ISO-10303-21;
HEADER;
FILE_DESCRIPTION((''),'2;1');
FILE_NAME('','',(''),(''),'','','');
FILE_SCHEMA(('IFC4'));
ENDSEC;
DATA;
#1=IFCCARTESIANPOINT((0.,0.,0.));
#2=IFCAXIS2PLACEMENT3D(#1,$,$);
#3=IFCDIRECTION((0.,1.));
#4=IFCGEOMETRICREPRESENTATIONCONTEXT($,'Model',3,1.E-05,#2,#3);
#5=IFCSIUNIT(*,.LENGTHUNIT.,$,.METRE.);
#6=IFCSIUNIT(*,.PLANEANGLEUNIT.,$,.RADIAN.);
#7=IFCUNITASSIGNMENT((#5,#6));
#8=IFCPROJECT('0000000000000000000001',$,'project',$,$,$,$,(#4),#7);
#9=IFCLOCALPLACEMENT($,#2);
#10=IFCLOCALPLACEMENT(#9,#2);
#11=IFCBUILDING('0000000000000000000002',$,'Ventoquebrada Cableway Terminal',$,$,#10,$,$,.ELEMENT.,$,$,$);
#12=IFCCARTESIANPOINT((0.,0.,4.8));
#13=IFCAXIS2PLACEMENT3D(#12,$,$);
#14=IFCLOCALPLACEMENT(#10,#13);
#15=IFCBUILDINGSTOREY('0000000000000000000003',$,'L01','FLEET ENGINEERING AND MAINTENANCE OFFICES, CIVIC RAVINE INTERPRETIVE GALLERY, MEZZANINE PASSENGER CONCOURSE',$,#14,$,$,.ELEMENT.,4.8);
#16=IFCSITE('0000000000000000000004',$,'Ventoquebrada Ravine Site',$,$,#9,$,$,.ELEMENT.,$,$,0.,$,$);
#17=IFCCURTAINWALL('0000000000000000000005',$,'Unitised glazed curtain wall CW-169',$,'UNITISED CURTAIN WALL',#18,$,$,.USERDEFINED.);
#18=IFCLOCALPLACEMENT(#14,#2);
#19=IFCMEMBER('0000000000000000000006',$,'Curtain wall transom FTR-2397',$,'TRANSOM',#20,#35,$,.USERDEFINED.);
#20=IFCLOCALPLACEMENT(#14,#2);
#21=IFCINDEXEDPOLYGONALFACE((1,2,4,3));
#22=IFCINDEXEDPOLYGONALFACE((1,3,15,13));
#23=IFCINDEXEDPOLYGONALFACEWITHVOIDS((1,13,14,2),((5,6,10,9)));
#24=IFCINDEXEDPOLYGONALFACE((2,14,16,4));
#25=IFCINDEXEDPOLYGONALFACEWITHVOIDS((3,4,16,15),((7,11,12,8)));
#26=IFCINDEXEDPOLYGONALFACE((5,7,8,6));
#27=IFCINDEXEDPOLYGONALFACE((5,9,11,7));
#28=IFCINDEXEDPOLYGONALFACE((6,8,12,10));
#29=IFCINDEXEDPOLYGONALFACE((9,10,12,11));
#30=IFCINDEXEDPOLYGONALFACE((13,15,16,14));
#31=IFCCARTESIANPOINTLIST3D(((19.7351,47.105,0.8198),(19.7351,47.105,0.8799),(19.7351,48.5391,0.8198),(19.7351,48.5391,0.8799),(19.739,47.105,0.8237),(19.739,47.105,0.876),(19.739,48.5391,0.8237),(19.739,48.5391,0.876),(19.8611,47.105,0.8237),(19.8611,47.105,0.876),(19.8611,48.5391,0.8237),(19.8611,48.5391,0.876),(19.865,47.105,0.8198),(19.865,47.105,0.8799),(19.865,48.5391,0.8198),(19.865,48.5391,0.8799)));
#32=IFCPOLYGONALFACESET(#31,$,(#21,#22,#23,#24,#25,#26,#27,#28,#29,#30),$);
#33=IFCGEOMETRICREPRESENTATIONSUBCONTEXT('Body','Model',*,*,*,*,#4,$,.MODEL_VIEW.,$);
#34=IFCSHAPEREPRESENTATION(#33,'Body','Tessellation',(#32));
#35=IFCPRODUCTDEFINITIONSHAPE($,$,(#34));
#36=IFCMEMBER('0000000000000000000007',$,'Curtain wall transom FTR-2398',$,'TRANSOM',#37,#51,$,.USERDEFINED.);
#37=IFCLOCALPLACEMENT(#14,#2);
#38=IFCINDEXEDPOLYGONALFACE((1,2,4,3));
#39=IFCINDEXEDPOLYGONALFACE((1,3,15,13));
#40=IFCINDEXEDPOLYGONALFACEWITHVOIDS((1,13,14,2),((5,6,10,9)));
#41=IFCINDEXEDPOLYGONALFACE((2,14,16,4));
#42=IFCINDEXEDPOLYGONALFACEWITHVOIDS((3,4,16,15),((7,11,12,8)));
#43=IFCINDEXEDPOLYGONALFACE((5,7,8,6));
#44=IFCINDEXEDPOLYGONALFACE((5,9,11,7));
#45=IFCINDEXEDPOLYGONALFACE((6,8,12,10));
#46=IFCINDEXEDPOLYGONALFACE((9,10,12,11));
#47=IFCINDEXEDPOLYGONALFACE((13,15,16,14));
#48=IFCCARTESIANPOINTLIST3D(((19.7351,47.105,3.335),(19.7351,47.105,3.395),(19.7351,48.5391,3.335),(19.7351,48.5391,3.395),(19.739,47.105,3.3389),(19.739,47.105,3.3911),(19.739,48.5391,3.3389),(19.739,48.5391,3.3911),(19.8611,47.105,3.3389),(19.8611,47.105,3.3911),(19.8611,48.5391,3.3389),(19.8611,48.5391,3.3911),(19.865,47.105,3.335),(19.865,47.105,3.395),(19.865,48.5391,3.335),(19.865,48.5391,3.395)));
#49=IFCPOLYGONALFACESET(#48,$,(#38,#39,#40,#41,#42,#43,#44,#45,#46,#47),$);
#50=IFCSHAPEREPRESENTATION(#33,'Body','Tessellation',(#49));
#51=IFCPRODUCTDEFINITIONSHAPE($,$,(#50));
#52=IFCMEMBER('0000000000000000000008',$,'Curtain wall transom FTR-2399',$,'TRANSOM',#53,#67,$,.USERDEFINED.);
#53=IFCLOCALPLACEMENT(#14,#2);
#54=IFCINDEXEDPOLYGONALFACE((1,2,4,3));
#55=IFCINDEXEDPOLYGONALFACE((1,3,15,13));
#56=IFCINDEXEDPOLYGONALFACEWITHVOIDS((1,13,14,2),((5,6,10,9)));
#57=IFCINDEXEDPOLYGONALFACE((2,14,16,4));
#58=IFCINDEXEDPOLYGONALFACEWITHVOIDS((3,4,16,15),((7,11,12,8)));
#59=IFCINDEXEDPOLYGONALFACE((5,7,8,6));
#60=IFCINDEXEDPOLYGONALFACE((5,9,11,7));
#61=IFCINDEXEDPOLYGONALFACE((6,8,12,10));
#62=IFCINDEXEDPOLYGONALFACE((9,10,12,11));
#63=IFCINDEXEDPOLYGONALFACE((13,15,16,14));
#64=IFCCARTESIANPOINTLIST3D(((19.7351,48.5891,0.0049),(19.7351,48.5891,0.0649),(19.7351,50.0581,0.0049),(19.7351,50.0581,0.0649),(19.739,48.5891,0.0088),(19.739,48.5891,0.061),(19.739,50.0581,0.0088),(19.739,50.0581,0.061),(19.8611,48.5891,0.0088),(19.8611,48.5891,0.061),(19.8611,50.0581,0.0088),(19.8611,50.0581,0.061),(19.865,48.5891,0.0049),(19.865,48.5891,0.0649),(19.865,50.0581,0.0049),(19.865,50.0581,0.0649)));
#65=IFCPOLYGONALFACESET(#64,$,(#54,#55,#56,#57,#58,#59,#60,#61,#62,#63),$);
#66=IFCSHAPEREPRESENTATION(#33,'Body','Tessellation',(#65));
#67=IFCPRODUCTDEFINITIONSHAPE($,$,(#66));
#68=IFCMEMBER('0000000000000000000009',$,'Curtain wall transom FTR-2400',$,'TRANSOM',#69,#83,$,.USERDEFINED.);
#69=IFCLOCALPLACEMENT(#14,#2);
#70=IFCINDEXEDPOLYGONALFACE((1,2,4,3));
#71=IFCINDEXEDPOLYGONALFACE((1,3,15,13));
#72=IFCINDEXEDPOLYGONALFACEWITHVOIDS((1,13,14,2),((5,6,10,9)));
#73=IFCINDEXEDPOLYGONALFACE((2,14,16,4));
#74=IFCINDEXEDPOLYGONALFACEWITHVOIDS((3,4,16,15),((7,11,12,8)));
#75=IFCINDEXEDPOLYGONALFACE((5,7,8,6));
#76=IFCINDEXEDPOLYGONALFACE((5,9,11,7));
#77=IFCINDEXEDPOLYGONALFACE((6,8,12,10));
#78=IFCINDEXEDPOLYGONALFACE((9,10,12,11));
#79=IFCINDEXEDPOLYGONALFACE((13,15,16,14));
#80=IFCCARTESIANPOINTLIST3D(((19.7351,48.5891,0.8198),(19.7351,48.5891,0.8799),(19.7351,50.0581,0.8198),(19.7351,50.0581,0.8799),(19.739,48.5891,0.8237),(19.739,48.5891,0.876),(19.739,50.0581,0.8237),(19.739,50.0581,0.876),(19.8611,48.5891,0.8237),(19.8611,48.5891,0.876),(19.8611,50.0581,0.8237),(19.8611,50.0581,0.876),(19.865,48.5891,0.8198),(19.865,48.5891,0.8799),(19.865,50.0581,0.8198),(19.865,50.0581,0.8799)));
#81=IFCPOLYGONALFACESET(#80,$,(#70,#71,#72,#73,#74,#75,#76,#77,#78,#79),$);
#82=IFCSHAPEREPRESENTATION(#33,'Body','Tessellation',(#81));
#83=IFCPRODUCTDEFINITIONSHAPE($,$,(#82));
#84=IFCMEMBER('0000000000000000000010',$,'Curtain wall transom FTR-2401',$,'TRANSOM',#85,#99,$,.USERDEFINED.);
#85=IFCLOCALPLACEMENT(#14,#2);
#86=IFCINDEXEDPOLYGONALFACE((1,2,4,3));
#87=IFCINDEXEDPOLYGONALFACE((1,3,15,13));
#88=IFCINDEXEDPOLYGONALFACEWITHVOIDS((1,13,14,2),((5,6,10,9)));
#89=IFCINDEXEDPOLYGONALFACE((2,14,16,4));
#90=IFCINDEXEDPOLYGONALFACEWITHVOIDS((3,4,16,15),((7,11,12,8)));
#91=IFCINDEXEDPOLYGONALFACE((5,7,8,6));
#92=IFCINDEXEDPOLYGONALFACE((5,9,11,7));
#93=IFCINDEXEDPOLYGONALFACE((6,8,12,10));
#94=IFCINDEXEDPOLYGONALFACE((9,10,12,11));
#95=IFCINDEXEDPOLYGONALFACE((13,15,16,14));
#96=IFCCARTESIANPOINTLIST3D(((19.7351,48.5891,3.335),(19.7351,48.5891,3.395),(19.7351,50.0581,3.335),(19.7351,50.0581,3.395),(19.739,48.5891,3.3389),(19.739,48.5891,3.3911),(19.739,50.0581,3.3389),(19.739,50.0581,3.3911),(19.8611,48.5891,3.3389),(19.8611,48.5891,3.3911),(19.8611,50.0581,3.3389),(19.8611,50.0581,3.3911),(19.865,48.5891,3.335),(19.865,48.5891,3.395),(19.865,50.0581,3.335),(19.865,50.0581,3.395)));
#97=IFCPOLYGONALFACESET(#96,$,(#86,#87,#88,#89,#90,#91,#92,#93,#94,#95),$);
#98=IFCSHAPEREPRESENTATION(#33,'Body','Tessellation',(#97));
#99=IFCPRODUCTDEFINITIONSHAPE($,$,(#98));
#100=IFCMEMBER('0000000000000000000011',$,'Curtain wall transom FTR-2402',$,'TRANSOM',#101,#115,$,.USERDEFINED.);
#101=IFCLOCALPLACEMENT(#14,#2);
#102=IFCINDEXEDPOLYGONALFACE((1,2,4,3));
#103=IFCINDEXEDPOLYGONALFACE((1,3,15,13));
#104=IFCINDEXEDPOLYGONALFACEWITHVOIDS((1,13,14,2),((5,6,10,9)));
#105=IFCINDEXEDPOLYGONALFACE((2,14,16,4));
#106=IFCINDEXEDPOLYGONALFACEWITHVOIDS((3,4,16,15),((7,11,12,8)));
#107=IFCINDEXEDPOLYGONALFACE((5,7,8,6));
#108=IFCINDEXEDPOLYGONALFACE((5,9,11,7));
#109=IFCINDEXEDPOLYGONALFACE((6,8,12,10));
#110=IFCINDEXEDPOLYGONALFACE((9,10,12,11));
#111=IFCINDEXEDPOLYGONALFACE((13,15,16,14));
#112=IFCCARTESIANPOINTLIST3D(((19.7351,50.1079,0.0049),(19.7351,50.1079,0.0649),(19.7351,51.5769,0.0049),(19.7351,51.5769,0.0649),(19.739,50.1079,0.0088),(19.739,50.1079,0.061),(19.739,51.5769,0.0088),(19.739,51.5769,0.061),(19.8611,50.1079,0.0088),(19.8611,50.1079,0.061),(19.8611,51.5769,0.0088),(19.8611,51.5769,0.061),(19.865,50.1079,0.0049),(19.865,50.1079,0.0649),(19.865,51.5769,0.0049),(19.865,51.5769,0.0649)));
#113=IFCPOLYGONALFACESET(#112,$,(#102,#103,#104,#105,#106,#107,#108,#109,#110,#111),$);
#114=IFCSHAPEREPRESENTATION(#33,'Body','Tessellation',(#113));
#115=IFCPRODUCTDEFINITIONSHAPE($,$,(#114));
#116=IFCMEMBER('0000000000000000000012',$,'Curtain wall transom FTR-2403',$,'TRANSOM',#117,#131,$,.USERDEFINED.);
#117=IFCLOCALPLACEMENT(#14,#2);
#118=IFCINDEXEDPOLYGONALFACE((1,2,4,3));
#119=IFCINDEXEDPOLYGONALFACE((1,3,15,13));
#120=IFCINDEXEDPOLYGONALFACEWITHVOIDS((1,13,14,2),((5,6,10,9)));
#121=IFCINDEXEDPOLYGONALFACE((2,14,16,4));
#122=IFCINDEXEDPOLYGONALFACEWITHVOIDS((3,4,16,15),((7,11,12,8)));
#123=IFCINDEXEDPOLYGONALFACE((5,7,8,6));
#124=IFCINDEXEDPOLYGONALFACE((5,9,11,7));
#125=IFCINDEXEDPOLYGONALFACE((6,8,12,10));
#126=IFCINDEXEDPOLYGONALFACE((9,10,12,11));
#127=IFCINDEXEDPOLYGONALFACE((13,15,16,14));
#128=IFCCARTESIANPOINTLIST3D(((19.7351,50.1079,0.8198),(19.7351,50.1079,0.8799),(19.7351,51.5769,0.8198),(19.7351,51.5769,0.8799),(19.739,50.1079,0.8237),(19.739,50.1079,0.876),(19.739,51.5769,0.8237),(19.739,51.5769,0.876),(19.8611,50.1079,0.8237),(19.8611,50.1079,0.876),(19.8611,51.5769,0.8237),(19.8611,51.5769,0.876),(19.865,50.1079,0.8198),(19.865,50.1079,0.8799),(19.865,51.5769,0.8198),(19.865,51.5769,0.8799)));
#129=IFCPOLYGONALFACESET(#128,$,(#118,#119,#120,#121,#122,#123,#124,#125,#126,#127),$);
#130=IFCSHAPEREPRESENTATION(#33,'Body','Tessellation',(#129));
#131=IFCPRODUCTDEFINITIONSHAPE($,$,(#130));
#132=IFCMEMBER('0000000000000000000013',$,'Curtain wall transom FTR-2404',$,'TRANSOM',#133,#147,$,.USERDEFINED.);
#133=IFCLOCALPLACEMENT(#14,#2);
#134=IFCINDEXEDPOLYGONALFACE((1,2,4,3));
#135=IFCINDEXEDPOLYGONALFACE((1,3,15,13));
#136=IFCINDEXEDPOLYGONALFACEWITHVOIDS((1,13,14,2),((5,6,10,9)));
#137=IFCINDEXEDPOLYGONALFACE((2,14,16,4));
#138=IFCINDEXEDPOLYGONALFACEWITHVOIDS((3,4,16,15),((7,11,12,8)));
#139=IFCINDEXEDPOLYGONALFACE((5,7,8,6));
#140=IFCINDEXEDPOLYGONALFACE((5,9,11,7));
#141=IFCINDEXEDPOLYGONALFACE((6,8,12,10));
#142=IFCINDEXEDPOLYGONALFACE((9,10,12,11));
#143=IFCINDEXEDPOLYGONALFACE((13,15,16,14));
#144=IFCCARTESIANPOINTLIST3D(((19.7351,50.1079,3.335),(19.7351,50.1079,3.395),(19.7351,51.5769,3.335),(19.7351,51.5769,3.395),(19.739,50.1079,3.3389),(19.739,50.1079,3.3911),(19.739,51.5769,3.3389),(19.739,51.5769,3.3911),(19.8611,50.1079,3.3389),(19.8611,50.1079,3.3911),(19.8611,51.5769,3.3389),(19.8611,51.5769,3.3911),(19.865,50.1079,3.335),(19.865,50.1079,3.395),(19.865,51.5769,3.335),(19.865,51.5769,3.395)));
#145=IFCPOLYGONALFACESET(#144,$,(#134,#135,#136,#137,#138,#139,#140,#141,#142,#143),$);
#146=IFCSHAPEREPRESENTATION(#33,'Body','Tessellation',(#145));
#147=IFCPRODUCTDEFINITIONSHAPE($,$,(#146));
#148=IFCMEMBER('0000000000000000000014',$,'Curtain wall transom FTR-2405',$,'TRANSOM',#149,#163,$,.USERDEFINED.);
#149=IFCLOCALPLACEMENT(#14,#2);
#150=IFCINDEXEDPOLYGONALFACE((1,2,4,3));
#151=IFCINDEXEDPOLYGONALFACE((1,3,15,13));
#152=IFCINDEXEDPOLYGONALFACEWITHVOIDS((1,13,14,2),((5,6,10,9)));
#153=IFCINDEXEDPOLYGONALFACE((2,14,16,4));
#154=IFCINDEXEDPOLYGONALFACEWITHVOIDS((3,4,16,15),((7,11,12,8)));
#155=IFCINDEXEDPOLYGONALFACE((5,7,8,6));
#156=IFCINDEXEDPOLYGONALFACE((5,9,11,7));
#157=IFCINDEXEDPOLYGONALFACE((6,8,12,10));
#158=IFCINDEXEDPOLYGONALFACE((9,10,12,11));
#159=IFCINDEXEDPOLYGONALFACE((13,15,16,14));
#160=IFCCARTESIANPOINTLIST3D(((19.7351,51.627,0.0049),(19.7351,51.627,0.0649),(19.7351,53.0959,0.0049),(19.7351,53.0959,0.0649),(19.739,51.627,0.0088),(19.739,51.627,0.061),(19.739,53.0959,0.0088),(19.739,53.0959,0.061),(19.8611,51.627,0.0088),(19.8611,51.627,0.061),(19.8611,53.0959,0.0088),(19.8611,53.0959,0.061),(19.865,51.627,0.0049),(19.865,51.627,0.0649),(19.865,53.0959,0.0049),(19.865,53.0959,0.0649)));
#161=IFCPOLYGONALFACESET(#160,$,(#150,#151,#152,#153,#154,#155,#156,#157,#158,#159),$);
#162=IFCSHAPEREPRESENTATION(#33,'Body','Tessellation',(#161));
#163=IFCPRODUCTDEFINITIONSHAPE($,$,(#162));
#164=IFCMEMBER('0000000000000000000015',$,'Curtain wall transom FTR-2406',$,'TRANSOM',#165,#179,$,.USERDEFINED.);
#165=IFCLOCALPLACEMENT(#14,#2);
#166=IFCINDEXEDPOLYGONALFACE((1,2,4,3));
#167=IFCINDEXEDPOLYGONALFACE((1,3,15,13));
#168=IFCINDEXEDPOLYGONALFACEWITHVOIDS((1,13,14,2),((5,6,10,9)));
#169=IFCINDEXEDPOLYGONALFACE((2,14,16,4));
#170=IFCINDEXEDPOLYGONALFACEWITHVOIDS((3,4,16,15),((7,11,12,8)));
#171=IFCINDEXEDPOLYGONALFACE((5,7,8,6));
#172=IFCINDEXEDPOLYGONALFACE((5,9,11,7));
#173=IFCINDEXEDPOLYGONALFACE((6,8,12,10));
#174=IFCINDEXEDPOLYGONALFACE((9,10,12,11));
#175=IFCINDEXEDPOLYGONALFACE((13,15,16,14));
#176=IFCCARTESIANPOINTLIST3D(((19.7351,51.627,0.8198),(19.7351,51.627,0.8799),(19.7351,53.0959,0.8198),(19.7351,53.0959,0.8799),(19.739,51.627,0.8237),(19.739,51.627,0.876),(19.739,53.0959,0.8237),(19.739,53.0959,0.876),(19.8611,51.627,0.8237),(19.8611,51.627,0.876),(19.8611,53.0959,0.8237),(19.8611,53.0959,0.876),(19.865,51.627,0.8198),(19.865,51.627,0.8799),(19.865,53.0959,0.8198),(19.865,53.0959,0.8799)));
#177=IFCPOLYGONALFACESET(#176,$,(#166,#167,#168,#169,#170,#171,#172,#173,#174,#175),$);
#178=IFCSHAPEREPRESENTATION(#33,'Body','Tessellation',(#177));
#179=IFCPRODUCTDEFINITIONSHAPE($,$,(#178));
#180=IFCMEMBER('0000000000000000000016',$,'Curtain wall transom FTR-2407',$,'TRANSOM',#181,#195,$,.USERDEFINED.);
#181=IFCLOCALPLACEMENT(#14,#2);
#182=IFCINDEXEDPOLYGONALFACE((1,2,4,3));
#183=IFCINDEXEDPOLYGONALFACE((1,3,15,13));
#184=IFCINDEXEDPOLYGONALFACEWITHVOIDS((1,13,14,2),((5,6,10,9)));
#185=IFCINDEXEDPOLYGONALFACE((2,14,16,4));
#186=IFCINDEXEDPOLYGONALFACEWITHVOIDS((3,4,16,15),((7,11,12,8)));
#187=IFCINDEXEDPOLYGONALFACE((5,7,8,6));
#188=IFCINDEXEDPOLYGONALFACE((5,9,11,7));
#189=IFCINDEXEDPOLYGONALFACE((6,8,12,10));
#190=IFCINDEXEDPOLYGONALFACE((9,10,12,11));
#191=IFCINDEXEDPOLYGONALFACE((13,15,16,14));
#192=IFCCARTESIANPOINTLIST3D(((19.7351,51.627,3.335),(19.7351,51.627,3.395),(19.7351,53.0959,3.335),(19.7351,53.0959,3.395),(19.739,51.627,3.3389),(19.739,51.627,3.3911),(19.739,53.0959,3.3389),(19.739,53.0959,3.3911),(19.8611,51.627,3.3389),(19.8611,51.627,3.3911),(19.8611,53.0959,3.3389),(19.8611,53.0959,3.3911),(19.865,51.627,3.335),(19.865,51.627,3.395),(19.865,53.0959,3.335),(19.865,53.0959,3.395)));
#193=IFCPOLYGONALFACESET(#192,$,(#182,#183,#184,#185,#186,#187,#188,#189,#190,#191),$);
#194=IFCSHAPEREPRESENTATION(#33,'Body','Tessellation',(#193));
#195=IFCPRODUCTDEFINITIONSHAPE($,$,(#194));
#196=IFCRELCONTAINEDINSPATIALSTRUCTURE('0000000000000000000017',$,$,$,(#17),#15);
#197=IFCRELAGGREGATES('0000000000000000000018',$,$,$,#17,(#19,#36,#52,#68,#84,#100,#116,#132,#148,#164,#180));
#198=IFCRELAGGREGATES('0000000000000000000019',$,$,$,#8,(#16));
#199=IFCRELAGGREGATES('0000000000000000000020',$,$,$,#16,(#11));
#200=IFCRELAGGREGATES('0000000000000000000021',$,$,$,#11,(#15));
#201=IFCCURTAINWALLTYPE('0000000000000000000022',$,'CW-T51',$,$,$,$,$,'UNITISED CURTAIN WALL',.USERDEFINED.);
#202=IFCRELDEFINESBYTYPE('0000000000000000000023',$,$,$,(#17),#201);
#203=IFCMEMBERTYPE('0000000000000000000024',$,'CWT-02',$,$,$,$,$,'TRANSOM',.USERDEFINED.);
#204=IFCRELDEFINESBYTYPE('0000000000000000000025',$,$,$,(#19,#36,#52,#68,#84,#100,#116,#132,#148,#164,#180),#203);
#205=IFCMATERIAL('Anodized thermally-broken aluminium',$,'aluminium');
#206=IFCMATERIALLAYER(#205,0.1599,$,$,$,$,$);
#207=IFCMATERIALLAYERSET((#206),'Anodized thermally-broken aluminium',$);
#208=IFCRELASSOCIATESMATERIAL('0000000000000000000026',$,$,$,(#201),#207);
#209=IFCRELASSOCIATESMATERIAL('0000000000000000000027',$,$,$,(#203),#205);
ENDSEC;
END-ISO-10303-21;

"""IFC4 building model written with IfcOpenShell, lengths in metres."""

from ifc_helpers import new_model, si_unit, direction, frame, origin, origin_2d, place, context, subcontext, project, spatial, hollow_rectangle, extrude, material, layer, layer_set, material_profile, profile_set, type_object, element, aggregate, save


model = new_model("IFC4")

# Units and contexts
model_context = context("Model", 3, precision=1e-05, world=origin(), true_north=direction((0.0, 1.0)))
body_context = subcontext(model_context, "Body", "Model", "MODEL_VIEW")
ifc_project = project(units=[si_unit("LENGTHUNIT", "METRE"), si_unit("PLANEANGLEUNIT", "RADIAN")], contexts=[model_context])

# Site, building, storey
site_placement = place(None, origin())
site = spatial("IfcSite", under=ifc_project, at=site_placement, Name="Ventoquebrada Ravine Site", CompositionType="ELEMENT", RefElevation=0.0)
building_placement = place(site_placement, origin())
building = spatial("IfcBuilding", under=site, at=building_placement, Name="Ventoquebrada Cableway Terminal", CompositionType="ELEMENT")
storey_placement = place(building_placement, frame((0.0, 0.0, 4.8)))
storey = spatial("IfcBuildingStorey", under=building, at=storey_placement, Name="L01", Description="FLEET ENGINEERING AND MAINTENANCE OFFICES, CIVIC RAVINE INTERPRETIVE GALLERY, MEZZANINE PASSENGER CONCOURSE", CompositionType="ELEMENT", Elevation=4.8)

# Curtain wall, members
ifc_material_1 = material(Name="Anodized thermally-broken aluminium", Category="aluminium")
ifc_layer_1 = layer(ifc_material_1, 0.1599)
ifc_layer_set_1 = layer_set([ifc_layer_1], Name="Anodized thermally-broken aluminium")
curtain_wall_type = type_object("IfcCurtainWallType", Name="CW-T51", ElementType="UNITISED CURTAIN WALL", PredefinedType="USERDEFINED", material=ifc_layer_set_1)
curtain_wall_placement = place(storey_placement, origin())
curtain_wall = element("IfcCurtainWall", 1, at=curtain_wall_placement, inside=storey, type_object=curtain_wall_type, Name="Unitised glazed curtain wall CW-169", ObjectType="UNITISED CURTAIN WALL", PredefinedType="USERDEFINED")
ifc_material_profile_1 = material_profile(ifc_material_1, hollow_rectangle(XDim=0.0601, YDim=0.1299, WallThickness=0.0039, at=origin_2d()), Name="CW-TRN-60X130")
ifc_profile_set_1 = profile_set([ifc_material_profile_1], Name="Anodized thermally-broken aluminium")
member_type_1 = type_object("IfcMemberType", Name="CWT-02", ElementType="TRANSOM", PredefinedType="USERDEFINED", material=ifc_profile_set_1)
member_1_placement = place(storey_placement, frame((19.8, 47.105, 0.8499), z_axis=(0.0, 1.0, 0.0), x_axis=(0.0, 0.0, 1.0)))
member_1 = element("IfcMember", 2, at=member_1_placement, type_object=member_type_1, Name="Curtain wall transom FTR-2397", ObjectType="TRANSOM", PredefinedType="USERDEFINED", context=body_context, shape_type="SweptSolid", body=[
    extrude(hollow_rectangle(XDim=0.0601, YDim=0.1299, WallThickness=0.0039, at=origin_2d()), origin(), (0.0, 0.0, 1.0), 1.4341),
])
member_2_placement = place(storey_placement, frame((19.8, 47.105, 3.365), z_axis=(0.0, 1.0, 0.0), x_axis=(0.0, 0.0, 1.0)))
member_2 = element("IfcMember", 3, at=member_2_placement, type_object=member_type_1, Name="Curtain wall transom FTR-2398", ObjectType="TRANSOM", PredefinedType="USERDEFINED", context=body_context, shape_type="SweptSolid", body=[
    extrude(hollow_rectangle(XDim=0.0601, YDim=0.1299, WallThickness=0.0039, at=origin_2d()), origin(), (0.0, 0.0, 1.0), 1.4341),
])
member_3_placement = place(storey_placement, frame((19.8, 48.5891, 0.0349), z_axis=(0.0, 1.0, 0.0), x_axis=(0.0, 0.0, 1.0)))
member_3 = element("IfcMember", 4, at=member_3_placement, type_object=member_type_1, Name="Curtain wall transom FTR-2399", ObjectType="TRANSOM", PredefinedType="USERDEFINED", context=body_context, shape_type="SweptSolid", body=[
    extrude(hollow_rectangle(XDim=0.0601, YDim=0.1299, WallThickness=0.0039, at=origin_2d()), origin(), (0.0, 0.0, 1.0), 1.469),
])
member_4_placement = place(storey_placement, frame((19.8, 48.5891, 0.8499), z_axis=(0.0, 1.0, 0.0), x_axis=(0.0, 0.0, 1.0)))
member_4 = element("IfcMember", 5, at=member_4_placement, type_object=member_type_1, Name="Curtain wall transom FTR-2400", ObjectType="TRANSOM", PredefinedType="USERDEFINED", context=body_context, shape_type="SweptSolid", body=[
    extrude(hollow_rectangle(XDim=0.0601, YDim=0.1299, WallThickness=0.0039, at=origin_2d()), origin(), (0.0, 0.0, 1.0), 1.469),
])
member_5_placement = place(storey_placement, frame((19.8, 48.5891, 3.365), z_axis=(0.0, 1.0, 0.0), x_axis=(0.0, 0.0, 1.0)))
member_5 = element("IfcMember", 6, at=member_5_placement, type_object=member_type_1, Name="Curtain wall transom FTR-2401", ObjectType="TRANSOM", PredefinedType="USERDEFINED", context=body_context, shape_type="SweptSolid", body=[
    extrude(hollow_rectangle(XDim=0.0601, YDim=0.1299, WallThickness=0.0039, at=origin_2d()), origin(), (0.0, 0.0, 1.0), 1.469),
])
member_6_placement = place(storey_placement, frame((19.8, 50.1079, 0.0349), z_axis=(0.0, 1.0, 0.0), x_axis=(0.0, 0.0, 1.0)))
member_6 = element("IfcMember", 7, at=member_6_placement, type_object=member_type_1, Name="Curtain wall transom FTR-2402", ObjectType="TRANSOM", PredefinedType="USERDEFINED", context=body_context, shape_type="SweptSolid", body=[
    extrude(hollow_rectangle(XDim=0.0601, YDim=0.1299, WallThickness=0.0039, at=origin_2d()), origin(), (0.0, 0.0, 1.0), 1.469),
])
member_7_placement = place(storey_placement, frame((19.8, 50.1079, 0.8499), z_axis=(0.0, 1.0, 0.0), x_axis=(0.0, 0.0, 1.0)))
member_7 = element("IfcMember", 8, at=member_7_placement, type_object=member_type_1, Name="Curtain wall transom FTR-2403", ObjectType="TRANSOM", PredefinedType="USERDEFINED", context=body_context, shape_type="SweptSolid", body=[
    extrude(hollow_rectangle(XDim=0.0601, YDim=0.1299, WallThickness=0.0039, at=origin_2d()), origin(), (0.0, 0.0, 1.0), 1.469),
])
member_8_placement = place(storey_placement, frame((19.8, 50.1079, 3.365), z_axis=(0.0, 1.0, 0.0), x_axis=(0.0, 0.0, 1.0)))
member_8 = element("IfcMember", 9, at=member_8_placement, type_object=member_type_1, Name="Curtain wall transom FTR-2404", ObjectType="TRANSOM", PredefinedType="USERDEFINED", context=body_context, shape_type="SweptSolid", body=[
    extrude(hollow_rectangle(XDim=0.0601, YDim=0.1299, WallThickness=0.0039, at=origin_2d()), origin(), (0.0, 0.0, 1.0), 1.469),
])
member_9_placement = place(storey_placement, frame((19.8, 51.627, 0.0349), z_axis=(0.0, 1.0, 0.0), x_axis=(0.0, 0.0, 1.0)))
member_9 = element("IfcMember", 10, at=member_9_placement, type_object=member_type_1, Name="Curtain wall transom FTR-2405", ObjectType="TRANSOM", PredefinedType="USERDEFINED", context=body_context, shape_type="SweptSolid", body=[
    extrude(hollow_rectangle(XDim=0.0601, YDim=0.1299, WallThickness=0.0039, at=origin_2d()), origin(), (0.0, 0.0, 1.0), 1.469),
])
member_10_placement = place(storey_placement, frame((19.8, 51.627, 0.8499), z_axis=(0.0, 1.0, 0.0), x_axis=(0.0, 0.0, 1.0)))
member_10 = element("IfcMember", 11, at=member_10_placement, type_object=member_type_1, Name="Curtain wall transom FTR-2406", ObjectType="TRANSOM", PredefinedType="USERDEFINED", context=body_context, shape_type="SweptSolid", body=[
    extrude(hollow_rectangle(XDim=0.0601, YDim=0.1299, WallThickness=0.0039, at=origin_2d()), origin(), (0.0, 0.0, 1.0), 1.469),
])
member_11_placement = place(storey_placement, frame((19.8, 51.627, 3.365), z_axis=(0.0, 1.0, 0.0), x_axis=(0.0, 0.0, 1.0)))
member_11 = element("IfcMember", 12, at=member_11_placement, type_object=member_type_1, Name="Curtain wall transom FTR-2407", ObjectType="TRANSOM", PredefinedType="USERDEFINED", context=body_context, shape_type="SweptSolid", body=[
    extrude(hollow_rectangle(XDim=0.0601, YDim=0.1299, WallThickness=0.0039, at=origin_2d()), origin(), (0.0, 0.0, 1.0), 1.469),
])
aggregate(curtain_wall, [member_1, member_2, member_3, member_4, member_5, member_6, member_7, member_8, member_9, member_10, member_11])

save(model, "model.ifc")
